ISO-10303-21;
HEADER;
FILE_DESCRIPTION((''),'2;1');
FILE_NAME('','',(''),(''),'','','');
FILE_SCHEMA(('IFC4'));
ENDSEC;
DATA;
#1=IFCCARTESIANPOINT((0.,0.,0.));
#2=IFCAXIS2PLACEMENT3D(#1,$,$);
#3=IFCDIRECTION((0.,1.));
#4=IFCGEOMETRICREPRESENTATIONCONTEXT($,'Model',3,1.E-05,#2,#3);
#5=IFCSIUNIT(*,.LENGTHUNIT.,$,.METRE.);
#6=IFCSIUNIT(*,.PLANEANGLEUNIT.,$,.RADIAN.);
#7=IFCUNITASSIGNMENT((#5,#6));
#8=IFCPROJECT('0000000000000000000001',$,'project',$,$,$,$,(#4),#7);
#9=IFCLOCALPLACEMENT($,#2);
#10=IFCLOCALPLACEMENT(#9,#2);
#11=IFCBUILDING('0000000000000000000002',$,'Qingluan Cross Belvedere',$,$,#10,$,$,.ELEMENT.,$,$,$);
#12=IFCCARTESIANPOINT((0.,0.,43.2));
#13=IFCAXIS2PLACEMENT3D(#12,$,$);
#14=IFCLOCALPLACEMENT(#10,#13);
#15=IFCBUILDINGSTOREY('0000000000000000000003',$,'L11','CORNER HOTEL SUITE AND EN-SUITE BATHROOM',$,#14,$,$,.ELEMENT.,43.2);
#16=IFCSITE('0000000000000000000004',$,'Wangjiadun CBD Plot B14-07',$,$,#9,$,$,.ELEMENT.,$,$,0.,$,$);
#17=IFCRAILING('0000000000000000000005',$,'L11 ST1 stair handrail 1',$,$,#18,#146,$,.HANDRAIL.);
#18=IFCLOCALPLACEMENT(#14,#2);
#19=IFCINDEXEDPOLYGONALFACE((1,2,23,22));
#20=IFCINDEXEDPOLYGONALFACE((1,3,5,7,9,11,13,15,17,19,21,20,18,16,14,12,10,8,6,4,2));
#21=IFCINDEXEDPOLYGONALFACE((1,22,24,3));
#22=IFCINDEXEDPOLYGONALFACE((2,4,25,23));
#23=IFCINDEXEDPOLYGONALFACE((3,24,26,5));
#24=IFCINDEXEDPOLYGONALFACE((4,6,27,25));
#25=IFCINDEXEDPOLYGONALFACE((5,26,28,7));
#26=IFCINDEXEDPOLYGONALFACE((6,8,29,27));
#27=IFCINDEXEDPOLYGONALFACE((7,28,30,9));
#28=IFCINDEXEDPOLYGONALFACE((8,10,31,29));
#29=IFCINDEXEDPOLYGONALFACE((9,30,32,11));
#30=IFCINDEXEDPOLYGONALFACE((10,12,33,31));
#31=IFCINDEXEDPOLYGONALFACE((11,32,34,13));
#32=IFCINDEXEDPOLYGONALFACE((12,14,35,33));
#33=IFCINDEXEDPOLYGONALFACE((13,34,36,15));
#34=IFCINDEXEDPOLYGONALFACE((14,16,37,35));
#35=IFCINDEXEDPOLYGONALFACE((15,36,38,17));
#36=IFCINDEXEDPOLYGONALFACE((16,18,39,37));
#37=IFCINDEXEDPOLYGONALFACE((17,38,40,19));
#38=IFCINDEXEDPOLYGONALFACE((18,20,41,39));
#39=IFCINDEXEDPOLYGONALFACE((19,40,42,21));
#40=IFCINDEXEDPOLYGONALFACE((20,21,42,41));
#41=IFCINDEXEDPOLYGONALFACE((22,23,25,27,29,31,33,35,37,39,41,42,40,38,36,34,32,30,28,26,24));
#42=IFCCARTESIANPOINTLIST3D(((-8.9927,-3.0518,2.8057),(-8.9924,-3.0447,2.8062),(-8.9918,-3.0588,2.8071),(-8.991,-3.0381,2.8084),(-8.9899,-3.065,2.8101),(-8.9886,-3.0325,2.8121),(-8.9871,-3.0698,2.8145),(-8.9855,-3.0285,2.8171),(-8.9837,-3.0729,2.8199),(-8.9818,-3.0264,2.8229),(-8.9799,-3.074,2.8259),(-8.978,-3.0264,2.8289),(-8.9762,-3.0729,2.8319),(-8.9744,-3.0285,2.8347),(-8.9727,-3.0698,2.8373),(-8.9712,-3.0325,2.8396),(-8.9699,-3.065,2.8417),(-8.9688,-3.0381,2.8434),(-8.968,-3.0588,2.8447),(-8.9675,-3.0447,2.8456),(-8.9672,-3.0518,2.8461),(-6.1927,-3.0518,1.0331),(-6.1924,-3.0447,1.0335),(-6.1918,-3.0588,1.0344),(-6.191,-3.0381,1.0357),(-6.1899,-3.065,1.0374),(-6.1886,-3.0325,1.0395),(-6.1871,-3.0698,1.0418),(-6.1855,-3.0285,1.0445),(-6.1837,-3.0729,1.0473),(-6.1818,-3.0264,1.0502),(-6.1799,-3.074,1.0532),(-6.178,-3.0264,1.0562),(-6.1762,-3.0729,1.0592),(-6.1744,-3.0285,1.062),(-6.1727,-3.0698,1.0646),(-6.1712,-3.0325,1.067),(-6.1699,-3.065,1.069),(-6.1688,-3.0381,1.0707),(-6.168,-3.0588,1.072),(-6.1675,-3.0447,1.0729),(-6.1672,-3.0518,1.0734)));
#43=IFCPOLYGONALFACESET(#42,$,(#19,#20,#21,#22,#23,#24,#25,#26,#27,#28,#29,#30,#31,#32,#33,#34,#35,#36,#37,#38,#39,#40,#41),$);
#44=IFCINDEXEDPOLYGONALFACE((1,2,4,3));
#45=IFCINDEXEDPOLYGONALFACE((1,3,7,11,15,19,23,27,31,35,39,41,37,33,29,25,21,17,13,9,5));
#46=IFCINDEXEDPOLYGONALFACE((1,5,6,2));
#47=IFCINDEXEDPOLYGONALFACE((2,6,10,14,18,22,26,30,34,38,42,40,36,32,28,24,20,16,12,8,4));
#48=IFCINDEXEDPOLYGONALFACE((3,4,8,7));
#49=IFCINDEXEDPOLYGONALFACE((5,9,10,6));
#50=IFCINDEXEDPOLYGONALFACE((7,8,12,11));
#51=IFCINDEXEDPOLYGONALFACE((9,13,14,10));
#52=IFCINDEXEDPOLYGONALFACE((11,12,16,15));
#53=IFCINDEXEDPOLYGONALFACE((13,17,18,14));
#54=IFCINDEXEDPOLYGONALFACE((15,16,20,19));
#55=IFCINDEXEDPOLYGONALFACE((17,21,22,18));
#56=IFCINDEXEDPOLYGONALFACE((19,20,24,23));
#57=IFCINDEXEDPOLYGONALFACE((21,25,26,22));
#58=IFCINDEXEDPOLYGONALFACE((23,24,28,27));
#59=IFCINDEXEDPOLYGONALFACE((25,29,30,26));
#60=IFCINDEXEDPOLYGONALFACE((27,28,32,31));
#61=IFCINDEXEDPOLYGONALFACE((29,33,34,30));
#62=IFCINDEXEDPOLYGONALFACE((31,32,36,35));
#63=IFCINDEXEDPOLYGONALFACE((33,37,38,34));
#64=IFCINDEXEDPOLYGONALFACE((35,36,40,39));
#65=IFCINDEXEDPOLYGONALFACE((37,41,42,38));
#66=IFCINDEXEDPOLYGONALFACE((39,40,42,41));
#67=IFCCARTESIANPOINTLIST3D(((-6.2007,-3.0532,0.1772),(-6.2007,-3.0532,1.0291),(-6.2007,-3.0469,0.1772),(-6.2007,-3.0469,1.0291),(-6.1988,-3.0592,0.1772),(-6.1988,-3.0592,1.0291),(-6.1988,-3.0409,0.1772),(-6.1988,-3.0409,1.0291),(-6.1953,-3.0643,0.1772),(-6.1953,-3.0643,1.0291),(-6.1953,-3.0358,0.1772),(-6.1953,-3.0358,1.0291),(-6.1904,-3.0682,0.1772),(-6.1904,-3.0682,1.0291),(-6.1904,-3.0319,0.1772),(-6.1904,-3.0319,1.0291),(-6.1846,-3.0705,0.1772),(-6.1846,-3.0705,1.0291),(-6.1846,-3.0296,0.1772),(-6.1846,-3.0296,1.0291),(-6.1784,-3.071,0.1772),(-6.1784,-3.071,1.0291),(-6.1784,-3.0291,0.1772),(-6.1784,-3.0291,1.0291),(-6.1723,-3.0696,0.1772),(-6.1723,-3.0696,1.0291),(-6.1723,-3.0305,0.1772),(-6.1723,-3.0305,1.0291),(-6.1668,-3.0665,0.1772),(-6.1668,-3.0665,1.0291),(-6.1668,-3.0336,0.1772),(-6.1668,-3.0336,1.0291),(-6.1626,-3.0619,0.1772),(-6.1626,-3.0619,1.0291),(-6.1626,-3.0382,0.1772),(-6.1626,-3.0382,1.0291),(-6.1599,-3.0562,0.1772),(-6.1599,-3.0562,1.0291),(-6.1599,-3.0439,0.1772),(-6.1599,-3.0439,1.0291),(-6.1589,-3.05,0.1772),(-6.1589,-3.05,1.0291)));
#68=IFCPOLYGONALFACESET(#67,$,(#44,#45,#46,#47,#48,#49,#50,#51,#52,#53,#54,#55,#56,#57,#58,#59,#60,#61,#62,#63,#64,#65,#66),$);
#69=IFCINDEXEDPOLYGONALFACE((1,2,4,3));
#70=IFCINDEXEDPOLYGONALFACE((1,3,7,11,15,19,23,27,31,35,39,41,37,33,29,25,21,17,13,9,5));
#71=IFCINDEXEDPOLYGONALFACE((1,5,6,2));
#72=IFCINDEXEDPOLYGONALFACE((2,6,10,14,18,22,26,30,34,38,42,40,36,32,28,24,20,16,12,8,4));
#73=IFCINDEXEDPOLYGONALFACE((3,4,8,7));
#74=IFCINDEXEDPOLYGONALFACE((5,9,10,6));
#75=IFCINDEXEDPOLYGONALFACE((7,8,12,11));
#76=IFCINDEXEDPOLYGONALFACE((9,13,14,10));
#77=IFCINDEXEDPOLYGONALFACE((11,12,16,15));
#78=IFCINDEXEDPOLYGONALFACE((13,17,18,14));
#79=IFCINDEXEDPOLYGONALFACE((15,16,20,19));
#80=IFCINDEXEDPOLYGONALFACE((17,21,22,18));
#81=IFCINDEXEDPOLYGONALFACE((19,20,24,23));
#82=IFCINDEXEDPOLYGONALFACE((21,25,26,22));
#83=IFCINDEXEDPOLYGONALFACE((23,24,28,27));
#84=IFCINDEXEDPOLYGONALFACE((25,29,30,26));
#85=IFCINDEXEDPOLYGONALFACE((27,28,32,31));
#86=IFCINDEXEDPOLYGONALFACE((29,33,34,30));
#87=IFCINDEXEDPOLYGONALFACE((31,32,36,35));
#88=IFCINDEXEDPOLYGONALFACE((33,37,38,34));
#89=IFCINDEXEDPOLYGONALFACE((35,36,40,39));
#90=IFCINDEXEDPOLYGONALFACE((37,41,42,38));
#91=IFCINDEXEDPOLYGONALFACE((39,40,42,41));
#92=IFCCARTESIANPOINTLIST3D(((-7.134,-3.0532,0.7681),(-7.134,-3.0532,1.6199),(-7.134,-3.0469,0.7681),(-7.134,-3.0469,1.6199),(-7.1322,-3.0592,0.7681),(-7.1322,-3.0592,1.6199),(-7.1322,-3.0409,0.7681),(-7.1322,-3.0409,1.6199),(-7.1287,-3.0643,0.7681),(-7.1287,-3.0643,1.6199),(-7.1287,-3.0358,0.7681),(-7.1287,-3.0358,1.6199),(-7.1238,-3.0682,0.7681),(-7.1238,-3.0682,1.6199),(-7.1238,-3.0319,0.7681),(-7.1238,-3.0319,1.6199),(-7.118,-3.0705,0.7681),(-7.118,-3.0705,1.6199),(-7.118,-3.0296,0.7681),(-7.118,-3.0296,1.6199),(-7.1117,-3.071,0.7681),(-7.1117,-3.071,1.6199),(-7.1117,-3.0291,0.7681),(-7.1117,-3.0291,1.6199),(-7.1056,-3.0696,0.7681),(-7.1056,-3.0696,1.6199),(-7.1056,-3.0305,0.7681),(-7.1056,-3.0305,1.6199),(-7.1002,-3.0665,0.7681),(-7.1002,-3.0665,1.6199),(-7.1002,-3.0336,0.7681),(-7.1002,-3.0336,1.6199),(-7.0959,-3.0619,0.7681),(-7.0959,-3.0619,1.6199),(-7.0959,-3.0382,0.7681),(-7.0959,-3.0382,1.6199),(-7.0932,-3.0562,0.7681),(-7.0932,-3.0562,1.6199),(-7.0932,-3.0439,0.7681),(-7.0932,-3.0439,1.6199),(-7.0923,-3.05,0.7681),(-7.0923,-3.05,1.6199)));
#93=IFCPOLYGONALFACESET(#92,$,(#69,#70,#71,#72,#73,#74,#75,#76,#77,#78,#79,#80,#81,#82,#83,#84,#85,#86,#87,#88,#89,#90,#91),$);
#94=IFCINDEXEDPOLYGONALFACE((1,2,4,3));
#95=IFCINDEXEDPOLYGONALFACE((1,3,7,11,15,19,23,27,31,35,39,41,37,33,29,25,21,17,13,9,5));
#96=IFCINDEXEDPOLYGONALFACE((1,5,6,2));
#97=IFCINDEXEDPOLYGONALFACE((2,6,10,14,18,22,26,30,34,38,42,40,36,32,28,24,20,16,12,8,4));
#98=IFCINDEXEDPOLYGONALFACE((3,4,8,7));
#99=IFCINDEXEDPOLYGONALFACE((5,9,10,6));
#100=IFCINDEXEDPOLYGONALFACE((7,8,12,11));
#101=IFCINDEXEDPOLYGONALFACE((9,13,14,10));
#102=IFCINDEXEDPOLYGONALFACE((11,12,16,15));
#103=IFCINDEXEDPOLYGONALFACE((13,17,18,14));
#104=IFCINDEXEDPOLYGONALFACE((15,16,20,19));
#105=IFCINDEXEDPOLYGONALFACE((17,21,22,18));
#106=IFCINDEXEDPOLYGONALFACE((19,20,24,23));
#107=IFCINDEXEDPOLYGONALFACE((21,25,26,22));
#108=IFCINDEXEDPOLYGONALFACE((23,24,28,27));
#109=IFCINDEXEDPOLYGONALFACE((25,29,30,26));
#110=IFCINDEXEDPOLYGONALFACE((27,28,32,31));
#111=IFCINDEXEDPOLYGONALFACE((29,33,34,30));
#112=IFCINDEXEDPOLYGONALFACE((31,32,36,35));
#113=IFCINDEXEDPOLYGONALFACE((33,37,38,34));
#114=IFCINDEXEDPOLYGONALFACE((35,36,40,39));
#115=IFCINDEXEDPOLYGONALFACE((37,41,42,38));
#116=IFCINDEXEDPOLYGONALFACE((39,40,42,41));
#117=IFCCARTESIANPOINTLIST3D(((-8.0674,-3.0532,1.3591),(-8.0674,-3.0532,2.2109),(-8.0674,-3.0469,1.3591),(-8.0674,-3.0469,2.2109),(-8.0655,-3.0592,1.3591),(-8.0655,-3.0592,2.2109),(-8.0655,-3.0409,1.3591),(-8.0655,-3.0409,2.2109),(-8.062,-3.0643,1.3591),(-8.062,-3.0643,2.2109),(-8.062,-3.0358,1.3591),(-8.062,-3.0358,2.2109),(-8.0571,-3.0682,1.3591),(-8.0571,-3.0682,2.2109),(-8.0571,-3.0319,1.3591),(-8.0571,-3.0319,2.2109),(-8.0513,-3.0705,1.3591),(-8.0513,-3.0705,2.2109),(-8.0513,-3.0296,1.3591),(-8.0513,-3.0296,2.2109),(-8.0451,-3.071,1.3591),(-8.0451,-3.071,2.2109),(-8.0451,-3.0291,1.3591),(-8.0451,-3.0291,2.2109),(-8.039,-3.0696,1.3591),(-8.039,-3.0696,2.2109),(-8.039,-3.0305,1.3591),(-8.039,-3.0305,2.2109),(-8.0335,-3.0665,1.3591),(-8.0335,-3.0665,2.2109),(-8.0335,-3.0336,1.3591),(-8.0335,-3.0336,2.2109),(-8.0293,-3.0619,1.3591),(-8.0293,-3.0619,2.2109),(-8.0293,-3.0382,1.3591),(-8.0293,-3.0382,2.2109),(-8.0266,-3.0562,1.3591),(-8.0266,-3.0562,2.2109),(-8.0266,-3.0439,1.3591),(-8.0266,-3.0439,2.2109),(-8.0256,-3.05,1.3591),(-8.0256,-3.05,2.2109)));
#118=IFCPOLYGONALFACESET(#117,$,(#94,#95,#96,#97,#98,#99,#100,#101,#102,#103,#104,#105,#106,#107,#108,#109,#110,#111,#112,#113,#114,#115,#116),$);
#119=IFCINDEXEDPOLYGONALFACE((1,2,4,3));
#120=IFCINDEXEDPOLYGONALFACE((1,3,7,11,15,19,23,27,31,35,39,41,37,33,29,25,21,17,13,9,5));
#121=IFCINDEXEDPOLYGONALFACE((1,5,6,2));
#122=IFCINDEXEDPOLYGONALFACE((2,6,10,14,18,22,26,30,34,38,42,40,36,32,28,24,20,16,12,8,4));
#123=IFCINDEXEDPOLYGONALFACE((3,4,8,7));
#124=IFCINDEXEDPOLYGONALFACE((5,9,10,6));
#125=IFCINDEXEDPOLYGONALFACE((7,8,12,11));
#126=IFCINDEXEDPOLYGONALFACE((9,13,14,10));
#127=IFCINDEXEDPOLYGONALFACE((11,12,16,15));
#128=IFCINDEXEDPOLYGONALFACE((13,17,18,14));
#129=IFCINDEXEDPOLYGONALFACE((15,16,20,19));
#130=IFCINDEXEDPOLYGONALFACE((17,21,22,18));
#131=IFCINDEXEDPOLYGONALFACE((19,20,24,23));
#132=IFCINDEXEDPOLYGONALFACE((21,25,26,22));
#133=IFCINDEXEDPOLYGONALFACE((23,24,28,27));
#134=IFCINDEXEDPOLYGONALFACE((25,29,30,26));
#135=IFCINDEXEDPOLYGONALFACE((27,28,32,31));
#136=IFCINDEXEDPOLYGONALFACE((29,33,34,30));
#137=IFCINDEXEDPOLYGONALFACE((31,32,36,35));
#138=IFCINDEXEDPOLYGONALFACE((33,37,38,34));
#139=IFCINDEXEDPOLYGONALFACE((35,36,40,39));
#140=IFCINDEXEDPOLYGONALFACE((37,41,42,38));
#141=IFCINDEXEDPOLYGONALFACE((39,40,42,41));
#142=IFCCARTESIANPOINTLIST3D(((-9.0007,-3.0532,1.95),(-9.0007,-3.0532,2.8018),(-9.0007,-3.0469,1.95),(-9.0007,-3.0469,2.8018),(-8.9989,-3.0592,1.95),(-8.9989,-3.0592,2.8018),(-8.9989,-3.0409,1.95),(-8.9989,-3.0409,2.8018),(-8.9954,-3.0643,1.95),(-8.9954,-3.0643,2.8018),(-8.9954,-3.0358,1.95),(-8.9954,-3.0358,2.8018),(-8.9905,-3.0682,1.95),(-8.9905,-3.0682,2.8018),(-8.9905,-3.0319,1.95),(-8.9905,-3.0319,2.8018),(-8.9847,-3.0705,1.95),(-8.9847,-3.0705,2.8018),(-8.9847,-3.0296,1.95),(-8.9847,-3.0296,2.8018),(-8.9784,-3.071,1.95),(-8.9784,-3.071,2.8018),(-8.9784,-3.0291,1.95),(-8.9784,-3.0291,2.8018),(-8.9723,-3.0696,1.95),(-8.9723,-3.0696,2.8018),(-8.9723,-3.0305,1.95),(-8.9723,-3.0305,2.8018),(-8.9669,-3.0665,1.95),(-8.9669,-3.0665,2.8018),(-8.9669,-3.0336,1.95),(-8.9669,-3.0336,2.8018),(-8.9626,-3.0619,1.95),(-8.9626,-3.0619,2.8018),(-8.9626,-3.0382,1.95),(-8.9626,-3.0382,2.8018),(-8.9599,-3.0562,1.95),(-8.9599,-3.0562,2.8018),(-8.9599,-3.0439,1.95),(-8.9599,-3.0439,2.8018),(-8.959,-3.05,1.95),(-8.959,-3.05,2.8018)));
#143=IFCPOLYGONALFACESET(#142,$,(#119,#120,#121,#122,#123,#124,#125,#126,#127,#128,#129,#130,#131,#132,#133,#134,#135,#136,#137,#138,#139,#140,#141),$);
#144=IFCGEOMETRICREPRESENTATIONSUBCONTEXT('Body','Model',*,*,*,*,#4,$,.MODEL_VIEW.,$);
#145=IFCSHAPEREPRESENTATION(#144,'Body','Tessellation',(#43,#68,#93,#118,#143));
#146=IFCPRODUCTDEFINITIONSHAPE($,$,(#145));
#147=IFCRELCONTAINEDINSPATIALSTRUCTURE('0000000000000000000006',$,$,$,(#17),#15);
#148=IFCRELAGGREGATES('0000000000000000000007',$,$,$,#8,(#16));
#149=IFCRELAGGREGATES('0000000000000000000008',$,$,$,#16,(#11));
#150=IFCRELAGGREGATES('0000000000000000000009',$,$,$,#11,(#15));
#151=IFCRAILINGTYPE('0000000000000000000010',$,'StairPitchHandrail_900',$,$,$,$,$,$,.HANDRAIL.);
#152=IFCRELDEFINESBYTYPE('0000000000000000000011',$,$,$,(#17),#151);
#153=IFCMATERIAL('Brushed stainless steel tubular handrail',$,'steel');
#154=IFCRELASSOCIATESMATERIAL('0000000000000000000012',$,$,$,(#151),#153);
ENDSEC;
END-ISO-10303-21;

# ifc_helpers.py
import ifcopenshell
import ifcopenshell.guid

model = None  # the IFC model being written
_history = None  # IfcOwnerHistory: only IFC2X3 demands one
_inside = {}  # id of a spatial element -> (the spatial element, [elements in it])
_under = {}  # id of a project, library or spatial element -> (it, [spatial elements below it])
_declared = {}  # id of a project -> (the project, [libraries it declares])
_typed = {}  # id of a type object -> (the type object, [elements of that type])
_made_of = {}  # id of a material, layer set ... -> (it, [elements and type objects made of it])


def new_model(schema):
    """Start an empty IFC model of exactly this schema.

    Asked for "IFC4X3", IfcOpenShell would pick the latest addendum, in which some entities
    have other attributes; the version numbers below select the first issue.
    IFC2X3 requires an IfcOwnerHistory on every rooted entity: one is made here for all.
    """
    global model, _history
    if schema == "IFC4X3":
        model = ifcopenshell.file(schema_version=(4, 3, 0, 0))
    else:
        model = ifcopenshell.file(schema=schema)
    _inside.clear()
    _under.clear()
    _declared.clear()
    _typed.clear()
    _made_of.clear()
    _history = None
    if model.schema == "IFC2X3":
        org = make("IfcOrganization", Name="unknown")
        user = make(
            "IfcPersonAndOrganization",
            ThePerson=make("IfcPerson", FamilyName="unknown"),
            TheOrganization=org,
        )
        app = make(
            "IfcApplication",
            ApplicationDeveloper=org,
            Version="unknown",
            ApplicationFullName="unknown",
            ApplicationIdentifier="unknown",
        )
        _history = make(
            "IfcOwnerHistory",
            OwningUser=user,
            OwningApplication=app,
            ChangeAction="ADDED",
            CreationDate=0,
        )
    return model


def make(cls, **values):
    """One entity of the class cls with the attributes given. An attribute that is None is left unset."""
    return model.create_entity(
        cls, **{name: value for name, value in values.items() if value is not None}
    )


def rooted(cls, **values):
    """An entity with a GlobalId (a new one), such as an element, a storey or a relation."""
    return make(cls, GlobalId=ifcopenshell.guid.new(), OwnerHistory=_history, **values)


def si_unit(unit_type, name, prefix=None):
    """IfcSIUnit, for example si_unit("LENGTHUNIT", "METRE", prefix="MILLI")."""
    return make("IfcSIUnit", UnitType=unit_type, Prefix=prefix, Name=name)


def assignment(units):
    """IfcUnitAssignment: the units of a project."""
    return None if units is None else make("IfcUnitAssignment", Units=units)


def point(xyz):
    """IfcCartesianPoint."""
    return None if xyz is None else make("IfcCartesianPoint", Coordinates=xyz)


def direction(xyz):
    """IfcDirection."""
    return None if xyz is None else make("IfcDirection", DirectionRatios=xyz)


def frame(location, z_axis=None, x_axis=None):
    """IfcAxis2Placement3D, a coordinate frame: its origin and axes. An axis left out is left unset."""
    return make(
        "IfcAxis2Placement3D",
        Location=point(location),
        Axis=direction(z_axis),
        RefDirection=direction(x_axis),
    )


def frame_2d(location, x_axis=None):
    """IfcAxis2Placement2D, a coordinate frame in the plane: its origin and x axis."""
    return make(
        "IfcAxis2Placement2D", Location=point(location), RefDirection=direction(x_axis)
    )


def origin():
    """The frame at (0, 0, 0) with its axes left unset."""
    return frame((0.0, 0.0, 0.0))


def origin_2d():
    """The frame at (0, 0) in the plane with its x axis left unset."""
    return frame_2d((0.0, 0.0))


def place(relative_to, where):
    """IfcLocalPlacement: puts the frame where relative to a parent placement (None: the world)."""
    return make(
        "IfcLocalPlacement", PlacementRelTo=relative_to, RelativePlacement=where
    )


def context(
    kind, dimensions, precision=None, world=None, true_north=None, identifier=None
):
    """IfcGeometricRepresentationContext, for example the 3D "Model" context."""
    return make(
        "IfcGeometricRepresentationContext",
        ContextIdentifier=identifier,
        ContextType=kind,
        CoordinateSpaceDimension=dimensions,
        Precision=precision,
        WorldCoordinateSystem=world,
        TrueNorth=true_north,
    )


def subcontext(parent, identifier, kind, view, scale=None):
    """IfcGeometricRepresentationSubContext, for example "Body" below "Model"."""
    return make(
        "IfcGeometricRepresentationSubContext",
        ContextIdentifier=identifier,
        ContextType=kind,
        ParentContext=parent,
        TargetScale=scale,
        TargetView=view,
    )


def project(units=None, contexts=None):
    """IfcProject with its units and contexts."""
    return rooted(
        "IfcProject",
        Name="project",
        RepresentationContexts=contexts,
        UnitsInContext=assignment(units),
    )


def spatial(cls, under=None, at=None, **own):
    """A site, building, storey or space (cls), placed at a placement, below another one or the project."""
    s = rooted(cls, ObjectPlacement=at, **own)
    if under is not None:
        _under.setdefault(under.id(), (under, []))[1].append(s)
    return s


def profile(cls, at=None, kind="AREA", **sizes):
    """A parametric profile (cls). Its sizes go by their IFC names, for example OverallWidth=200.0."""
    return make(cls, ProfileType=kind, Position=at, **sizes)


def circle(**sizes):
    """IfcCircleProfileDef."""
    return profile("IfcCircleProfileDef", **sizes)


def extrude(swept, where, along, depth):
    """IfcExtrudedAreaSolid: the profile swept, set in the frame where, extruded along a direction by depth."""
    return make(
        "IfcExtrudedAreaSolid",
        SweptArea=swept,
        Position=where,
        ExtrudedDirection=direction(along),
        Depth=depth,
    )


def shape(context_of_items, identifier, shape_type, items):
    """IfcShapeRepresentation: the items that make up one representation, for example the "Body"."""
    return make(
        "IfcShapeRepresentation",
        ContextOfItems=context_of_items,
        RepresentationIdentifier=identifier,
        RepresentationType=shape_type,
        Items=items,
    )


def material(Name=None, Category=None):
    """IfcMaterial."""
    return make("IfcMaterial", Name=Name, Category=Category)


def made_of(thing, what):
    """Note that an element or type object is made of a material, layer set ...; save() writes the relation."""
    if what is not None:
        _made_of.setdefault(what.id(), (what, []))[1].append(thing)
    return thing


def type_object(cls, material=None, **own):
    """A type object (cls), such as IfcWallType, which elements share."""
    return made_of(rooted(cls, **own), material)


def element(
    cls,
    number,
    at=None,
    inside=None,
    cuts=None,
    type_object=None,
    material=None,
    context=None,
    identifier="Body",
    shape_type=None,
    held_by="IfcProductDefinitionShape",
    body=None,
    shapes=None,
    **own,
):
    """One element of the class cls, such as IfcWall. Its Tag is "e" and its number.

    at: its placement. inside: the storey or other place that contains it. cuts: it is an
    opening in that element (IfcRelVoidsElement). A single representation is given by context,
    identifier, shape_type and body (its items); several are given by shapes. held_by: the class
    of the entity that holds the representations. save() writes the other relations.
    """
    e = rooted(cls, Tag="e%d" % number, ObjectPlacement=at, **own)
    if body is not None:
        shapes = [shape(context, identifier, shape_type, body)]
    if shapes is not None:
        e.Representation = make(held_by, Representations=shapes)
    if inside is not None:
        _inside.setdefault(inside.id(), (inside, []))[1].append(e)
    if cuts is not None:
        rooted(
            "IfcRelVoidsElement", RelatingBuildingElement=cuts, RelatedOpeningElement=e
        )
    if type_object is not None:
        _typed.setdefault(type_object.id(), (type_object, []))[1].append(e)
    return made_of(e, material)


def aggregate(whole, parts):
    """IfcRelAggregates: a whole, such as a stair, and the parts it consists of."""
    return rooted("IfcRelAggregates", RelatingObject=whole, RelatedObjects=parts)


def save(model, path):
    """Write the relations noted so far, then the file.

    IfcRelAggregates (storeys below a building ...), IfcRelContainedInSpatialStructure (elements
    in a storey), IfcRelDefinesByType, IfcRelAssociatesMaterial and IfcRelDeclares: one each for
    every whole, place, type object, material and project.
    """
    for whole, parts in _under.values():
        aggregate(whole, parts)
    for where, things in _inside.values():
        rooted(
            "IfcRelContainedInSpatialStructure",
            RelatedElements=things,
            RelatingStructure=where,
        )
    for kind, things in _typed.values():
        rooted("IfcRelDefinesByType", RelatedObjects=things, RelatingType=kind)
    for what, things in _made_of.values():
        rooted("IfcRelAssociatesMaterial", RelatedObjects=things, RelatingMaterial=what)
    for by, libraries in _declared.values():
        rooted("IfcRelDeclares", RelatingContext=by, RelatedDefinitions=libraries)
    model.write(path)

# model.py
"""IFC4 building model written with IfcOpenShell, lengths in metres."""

from ifc_helpers import new_model, si_unit, direction, frame, origin, origin_2d, place, context, subcontext, project, spatial, circle, extrude, material, type_object, element, save


model = new_model("IFC4")

# Units and contexts
model_context = context("Model", 3, precision=1e-05, world=origin(), true_north=direction((0.0, 1.0)))
body_context = subcontext(model_context, "Body", "Model", "MODEL_VIEW")
ifc_project = project(units=[si_unit("LENGTHUNIT", "METRE"), si_unit("PLANEANGLEUNIT", "RADIAN")], contexts=[model_context])

# Site, building, storey
site_placement = place(None, origin())
site = spatial("IfcSite", under=ifc_project, at=site_placement, Name="Wangjiadun CBD Plot B14-07", CompositionType="ELEMENT", RefElevation=0.0)
building_placement = place(site_placement, origin())
building = spatial("IfcBuilding", under=site, at=building_placement, Name="Qingluan Cross Belvedere", CompositionType="ELEMENT")
storey_placement = place(building_placement, frame((0.0, 0.0, 43.2)))
storey = spatial("IfcBuildingStorey", under=building, at=storey_placement, Name="L11", Description="CORNER HOTEL SUITE AND EN-SUITE BATHROOM", CompositionType="ELEMENT", Elevation=43.2)

# Railing
ifc_material_1 = material(Name="Brushed stainless steel tubular handrail", Category="steel")
railing_type_1 = type_object("IfcRailingType", Name="StairPitchHandrail_900", PredefinedType="HANDRAIL", material=ifc_material_1)
railing_1_placement = place(storey_placement, frame((-6.1799, -3.05, 0.1772)))
element("IfcRailing", 1, at=railing_1_placement, inside=storey, type_object=railing_type_1, Name="L11 ST1 stair handrail 1", PredefinedType="HANDRAIL", context=body_context, shape_type="SweptSolid", body=[
    extrude(circle(Radius=0.0239, at=origin_2d()), frame((0.0, 0.0, 0.876), z_axis=(-0.844909, 0.0, 0.53491), x_axis=(0.0, -1.0, 0.0)), (0.0, 0.0, 1.0), 3.314),
    extrude(circle(Radius=0.021, at=origin_2d()), origin(), (0.0, 0.0, 1.0), 0.8518),
    extrude(circle(Radius=0.021, at=origin_2d()), frame((-0.9333, 0.0, 0.5908)), (0.0, 0.0, 1.0), 0.8518),
    extrude(circle(Radius=0.021, at=origin_2d()), frame((-1.8667, 0.0, 1.1819)), (0.0, 0.0, 1.0), 0.8518),
    extrude(circle(Radius=0.021, at=origin_2d()), frame((-2.8, 0.0, 1.7727)), (0.0, 0.0, 1.0), 0.8518),
])

save(model, "model.ifc")
